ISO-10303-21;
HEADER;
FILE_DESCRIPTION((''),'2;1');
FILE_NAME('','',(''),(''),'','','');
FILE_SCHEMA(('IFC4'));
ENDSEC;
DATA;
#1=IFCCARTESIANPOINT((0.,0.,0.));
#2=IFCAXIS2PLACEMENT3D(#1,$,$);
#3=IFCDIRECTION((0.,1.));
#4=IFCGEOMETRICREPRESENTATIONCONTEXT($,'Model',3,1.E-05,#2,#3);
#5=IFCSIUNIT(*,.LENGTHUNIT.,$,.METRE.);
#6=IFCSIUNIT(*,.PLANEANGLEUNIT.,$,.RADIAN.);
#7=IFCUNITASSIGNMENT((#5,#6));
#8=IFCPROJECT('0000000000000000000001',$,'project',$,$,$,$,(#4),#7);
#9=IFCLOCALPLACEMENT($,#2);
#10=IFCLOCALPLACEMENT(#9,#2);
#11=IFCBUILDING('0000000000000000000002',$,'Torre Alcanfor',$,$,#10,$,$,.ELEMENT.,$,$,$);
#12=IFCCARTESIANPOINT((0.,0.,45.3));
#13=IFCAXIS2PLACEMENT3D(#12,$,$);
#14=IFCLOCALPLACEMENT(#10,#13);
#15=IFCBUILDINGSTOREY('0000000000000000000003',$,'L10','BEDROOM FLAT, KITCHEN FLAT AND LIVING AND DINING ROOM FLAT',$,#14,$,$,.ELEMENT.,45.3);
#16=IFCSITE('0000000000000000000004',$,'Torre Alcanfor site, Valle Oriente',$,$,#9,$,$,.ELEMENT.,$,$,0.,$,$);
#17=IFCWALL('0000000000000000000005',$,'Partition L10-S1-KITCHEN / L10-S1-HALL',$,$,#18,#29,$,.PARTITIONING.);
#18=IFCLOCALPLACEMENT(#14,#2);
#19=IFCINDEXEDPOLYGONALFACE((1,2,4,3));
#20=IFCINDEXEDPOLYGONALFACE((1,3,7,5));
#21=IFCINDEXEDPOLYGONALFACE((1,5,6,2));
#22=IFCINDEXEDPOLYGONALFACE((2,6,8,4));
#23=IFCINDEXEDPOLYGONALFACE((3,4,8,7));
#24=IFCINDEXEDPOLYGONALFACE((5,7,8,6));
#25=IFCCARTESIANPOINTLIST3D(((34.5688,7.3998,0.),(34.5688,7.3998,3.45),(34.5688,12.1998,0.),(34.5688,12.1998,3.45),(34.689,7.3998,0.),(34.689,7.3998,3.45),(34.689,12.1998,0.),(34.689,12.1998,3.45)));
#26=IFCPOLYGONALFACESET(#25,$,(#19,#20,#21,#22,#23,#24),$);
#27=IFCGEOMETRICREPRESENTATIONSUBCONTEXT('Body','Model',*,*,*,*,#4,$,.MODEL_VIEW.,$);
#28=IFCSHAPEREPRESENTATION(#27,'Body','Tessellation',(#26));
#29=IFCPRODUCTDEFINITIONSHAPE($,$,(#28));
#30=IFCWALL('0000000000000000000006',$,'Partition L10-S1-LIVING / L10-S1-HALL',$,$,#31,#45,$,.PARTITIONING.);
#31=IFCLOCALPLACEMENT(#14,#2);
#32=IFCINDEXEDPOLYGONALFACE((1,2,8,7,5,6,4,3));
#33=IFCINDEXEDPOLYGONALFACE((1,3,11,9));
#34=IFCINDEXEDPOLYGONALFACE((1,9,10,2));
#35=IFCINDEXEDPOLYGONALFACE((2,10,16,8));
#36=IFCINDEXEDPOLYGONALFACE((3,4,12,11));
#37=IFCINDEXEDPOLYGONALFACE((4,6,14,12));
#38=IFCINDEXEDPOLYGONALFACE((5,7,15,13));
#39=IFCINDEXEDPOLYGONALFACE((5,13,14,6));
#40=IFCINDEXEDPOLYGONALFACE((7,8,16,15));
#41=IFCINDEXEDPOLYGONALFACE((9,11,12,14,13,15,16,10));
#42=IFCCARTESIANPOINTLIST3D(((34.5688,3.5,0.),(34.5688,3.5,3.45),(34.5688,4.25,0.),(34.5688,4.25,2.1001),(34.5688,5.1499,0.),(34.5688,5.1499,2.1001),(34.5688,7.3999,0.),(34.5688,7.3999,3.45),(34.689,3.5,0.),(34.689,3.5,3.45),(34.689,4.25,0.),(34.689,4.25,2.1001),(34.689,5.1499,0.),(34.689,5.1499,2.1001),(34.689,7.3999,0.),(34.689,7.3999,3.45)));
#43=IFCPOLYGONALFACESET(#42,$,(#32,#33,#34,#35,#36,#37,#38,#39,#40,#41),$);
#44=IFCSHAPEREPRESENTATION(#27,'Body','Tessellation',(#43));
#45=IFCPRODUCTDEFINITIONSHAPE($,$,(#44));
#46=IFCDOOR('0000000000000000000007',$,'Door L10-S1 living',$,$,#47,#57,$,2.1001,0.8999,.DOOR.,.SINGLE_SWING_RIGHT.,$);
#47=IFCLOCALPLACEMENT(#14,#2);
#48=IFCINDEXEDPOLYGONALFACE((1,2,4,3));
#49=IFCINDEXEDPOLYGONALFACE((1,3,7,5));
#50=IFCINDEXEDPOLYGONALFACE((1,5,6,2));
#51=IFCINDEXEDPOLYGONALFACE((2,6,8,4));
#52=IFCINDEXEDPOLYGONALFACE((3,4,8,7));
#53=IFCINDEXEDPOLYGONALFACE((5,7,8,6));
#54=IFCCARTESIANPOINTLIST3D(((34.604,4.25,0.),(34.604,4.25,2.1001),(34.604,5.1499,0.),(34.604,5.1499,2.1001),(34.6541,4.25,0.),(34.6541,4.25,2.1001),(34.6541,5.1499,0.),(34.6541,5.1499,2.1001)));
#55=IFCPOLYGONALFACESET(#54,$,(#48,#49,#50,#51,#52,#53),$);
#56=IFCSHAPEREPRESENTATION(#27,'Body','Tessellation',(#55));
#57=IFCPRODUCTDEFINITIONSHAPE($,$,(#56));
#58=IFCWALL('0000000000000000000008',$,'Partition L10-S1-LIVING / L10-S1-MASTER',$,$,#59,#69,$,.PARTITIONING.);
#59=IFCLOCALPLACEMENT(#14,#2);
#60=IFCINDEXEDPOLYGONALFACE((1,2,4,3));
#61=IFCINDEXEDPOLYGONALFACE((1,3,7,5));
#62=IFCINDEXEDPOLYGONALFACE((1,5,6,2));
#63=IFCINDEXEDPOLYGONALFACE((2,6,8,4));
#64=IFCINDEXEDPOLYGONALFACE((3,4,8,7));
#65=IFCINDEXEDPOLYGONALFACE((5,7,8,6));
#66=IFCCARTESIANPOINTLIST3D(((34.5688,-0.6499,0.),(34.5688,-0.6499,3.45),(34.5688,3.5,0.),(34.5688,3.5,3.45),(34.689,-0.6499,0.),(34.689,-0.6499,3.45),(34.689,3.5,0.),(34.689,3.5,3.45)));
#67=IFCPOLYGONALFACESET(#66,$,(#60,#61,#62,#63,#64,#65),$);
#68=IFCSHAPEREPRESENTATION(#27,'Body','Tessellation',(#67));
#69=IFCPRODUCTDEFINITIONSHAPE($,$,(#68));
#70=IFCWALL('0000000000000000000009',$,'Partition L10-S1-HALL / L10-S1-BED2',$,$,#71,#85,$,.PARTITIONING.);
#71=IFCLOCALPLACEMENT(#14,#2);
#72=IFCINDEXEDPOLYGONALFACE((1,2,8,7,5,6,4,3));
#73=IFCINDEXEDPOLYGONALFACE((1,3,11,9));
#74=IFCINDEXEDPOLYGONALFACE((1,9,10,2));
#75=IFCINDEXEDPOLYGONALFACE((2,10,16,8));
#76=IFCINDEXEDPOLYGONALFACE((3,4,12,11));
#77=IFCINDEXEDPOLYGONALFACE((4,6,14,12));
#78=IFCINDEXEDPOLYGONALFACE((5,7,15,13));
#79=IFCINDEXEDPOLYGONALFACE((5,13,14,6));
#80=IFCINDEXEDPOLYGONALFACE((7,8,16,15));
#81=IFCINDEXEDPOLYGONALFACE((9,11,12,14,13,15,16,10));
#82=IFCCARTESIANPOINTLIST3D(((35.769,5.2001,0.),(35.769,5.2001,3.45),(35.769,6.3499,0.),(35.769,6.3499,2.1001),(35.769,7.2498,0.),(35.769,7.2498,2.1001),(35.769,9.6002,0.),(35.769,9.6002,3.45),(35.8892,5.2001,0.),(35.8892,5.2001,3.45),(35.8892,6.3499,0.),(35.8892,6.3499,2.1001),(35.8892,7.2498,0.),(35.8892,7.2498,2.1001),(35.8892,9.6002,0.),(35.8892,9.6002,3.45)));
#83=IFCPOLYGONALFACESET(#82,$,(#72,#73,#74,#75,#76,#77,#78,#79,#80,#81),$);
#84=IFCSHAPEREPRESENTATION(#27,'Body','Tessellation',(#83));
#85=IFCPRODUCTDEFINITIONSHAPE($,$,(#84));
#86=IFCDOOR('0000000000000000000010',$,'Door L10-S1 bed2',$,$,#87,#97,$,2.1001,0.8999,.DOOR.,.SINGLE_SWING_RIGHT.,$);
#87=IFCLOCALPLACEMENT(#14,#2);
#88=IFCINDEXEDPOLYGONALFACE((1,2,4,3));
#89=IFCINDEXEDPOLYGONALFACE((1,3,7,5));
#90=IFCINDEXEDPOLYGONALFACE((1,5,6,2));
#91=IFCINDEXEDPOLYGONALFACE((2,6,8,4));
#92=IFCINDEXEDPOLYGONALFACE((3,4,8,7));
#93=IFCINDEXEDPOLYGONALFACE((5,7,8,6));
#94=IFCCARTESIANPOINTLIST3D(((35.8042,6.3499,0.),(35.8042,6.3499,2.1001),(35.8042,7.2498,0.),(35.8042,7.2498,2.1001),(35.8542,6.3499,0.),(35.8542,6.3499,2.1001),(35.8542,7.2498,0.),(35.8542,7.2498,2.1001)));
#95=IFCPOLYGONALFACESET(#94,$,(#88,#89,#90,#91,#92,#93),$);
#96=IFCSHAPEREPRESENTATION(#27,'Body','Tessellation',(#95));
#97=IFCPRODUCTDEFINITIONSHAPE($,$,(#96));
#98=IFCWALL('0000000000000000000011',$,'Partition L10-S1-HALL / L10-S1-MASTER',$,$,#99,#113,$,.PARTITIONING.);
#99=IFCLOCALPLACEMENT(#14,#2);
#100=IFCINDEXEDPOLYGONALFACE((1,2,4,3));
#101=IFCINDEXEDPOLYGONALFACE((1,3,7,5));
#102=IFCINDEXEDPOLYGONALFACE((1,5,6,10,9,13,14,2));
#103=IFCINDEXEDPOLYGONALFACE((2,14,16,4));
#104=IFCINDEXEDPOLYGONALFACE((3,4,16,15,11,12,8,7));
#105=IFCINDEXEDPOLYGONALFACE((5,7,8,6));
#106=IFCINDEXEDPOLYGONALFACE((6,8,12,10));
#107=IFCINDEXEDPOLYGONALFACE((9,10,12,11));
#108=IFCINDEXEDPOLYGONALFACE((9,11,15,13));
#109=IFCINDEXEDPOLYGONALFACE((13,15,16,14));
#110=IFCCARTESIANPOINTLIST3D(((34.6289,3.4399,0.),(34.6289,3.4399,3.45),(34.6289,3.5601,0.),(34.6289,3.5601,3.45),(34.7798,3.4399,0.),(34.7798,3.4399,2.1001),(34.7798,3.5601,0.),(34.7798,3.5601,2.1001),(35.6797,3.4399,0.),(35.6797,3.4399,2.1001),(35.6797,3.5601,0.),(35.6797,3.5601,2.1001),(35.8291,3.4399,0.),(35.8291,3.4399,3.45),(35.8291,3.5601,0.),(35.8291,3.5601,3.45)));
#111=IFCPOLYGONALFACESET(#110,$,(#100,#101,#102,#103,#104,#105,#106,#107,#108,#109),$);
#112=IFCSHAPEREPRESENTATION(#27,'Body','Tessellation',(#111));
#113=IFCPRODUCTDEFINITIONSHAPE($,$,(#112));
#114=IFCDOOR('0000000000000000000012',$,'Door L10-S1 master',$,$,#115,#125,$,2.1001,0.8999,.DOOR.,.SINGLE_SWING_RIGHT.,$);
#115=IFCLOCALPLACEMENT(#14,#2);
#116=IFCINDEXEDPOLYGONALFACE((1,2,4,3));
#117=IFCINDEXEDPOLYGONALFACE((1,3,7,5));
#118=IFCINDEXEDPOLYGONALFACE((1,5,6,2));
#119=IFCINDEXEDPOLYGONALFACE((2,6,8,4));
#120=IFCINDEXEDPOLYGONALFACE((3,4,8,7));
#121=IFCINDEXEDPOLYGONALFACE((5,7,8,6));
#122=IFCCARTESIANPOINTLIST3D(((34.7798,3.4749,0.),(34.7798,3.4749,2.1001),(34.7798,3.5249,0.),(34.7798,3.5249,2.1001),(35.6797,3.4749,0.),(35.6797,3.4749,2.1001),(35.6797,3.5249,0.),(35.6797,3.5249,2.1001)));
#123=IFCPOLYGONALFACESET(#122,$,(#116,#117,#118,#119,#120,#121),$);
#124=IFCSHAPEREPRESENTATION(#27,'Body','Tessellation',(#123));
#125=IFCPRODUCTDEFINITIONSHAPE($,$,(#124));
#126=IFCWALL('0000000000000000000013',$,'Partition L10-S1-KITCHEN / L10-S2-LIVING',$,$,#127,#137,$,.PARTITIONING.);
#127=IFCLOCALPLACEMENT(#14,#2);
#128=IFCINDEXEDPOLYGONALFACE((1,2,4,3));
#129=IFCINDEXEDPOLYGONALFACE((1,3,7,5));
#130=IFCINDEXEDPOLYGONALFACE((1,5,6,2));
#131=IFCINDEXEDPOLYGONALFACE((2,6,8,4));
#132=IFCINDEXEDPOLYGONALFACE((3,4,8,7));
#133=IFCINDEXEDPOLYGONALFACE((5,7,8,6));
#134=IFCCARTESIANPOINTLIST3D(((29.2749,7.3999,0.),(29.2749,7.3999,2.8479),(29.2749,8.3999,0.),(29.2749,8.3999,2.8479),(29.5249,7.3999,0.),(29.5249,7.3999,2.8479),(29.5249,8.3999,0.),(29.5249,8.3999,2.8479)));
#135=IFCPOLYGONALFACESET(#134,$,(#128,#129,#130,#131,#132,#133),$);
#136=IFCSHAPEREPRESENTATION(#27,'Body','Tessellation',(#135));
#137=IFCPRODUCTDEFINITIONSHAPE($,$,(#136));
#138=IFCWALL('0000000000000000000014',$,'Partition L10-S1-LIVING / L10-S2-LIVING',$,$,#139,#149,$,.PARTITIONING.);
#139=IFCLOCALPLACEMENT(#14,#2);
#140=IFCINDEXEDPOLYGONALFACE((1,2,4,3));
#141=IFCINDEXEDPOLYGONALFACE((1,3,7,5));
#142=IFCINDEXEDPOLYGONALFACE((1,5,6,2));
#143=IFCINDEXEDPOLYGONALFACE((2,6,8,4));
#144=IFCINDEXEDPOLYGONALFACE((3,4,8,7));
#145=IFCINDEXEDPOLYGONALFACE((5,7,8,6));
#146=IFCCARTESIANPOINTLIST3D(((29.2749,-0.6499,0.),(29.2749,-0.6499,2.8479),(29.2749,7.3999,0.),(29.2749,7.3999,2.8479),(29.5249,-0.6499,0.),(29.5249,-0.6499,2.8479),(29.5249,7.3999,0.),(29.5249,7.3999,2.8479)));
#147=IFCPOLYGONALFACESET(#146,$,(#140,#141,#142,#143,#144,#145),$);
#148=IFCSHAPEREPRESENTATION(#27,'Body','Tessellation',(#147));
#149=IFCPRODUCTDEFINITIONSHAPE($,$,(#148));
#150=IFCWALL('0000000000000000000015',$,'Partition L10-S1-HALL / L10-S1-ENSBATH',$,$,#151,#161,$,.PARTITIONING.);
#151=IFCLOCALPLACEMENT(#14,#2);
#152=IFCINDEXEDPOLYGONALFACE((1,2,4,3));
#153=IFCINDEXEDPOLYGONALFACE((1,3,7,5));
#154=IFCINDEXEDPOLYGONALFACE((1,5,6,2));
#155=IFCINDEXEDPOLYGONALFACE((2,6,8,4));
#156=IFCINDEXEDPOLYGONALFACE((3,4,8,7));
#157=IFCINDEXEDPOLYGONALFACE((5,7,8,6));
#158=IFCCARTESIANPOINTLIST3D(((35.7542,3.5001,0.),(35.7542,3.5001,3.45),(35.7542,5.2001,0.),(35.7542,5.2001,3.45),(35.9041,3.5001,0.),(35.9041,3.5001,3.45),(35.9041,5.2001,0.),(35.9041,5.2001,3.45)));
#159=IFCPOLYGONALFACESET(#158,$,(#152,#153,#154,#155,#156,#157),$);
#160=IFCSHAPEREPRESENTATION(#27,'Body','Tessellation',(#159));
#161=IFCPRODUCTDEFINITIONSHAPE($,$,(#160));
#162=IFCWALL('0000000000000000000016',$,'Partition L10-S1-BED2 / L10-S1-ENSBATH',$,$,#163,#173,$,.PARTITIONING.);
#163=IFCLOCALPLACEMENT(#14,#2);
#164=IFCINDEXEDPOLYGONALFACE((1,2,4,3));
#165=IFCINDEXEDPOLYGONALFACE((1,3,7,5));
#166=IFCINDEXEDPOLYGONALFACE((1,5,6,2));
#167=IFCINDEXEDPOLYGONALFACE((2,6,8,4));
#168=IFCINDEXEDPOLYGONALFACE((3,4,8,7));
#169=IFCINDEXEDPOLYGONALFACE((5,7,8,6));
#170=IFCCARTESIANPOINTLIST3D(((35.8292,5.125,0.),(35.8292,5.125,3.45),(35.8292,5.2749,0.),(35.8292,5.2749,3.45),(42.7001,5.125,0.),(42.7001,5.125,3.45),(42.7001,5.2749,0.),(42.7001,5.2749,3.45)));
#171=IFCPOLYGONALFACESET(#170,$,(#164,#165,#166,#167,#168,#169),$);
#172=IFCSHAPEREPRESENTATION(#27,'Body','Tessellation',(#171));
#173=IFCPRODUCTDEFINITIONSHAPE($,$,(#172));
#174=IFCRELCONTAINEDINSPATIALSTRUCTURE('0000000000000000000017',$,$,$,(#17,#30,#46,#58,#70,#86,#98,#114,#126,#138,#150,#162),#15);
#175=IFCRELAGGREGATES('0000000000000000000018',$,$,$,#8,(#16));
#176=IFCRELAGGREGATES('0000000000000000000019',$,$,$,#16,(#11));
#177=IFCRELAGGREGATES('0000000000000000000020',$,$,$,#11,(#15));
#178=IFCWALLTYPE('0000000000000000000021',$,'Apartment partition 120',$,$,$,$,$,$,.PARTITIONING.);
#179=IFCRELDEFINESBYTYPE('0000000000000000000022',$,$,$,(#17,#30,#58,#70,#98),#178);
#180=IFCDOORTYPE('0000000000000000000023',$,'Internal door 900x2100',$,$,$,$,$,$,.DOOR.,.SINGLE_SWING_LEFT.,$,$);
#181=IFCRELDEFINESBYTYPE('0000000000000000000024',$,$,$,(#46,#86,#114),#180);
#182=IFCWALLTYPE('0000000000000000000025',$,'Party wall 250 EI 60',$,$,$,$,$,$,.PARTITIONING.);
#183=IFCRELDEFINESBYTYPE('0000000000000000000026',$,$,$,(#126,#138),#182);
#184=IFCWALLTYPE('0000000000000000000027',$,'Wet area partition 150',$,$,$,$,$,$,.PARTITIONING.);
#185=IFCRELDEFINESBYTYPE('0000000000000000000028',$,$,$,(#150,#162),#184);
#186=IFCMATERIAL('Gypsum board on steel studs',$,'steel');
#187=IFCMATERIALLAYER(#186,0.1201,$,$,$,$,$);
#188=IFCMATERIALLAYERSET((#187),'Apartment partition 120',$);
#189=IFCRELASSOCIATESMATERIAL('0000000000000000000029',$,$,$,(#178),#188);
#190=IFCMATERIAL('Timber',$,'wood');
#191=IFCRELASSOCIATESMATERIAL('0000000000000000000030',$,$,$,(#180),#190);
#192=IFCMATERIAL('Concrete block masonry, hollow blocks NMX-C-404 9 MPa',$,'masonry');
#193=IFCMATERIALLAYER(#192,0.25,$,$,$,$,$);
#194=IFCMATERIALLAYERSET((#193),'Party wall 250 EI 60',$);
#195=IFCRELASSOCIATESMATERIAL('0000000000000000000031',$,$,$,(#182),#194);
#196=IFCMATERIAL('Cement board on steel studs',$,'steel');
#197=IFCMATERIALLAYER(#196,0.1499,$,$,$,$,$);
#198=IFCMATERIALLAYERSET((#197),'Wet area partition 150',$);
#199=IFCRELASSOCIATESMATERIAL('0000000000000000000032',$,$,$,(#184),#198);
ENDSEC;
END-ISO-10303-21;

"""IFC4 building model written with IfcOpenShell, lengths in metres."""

from ifc_helpers import new_model, si_unit, direction, frame, frame_2d, origin, place, context, subcontext, project, spatial, rectangle, extrude, material, layer, layer_set, type_object, element, fill, save


model = new_model("IFC4")

# Units and contexts
model_context = context("Model", 3, precision=1e-05, world=origin(), true_north=direction((0.0, 1.0)))
body_context = subcontext(model_context, "Body", "Model", "MODEL_VIEW")
ifc_project = project(units=[si_unit("LENGTHUNIT", "METRE"), si_unit("PLANEANGLEUNIT", "RADIAN")], contexts=[model_context])

# Site, building, storey
site_placement = place(None, origin())
site = spatial("IfcSite", under=ifc_project, at=site_placement, Name="Torre Alcanfor site, Valle Oriente", CompositionType="ELEMENT", RefElevation=0.0)
building_placement = place(site_placement, origin())
building = spatial("IfcBuilding", under=site, at=building_placement, Name="Torre Alcanfor", CompositionType="ELEMENT")
storey_placement = place(building_placement, frame((0.0, 0.0, 45.3)))
storey = spatial("IfcBuildingStorey", under=building, at=storey_placement, Name="L10", Description="BEDROOM FLAT, KITCHEN FLAT AND LIVING AND DINING ROOM FLAT", CompositionType="ELEMENT", Elevation=45.3)

# Wall
ifc_material_1 = material(Name="Gypsum board on steel studs", Category="steel")
ifc_layer_1 = layer(ifc_material_1, 0.1201)
ifc_layer_set_1 = layer_set([ifc_layer_1], Name="Apartment partition 120")
wall_type_1 = type_object("IfcWallType", Name="Apartment partition 120", PredefinedType="PARTITIONING", material=ifc_layer_set_1)
wall_1_placement = place(storey_placement, frame((34.6289, 7.3999, 0.0), z_axis=(0.0, 0.0, 1.0), x_axis=(0.0, 1.0, 0.0)))
element("IfcWall", 1, at=wall_1_placement, inside=storey, type_object=wall_type_1, Name="Partition L10-S1-KITCHEN / L10-S1-HALL", PredefinedType="PARTITIONING", context=body_context, shape_type="SweptSolid", body=[
    extrude(rectangle(XDim=4.8, YDim=0.1201, at=frame_2d((2.3999, 0.0))), origin(), (0.0, 0.0, 1.0), 3.45),
])

# Wall, opening, door
wall_2_placement = place(storey_placement, frame((34.6289, 3.5, 0.0), z_axis=(0.0, 0.0, 1.0), x_axis=(0.0, 1.0, 0.0)))
wall_2 = element("IfcWall", 2, at=wall_2_placement, inside=storey, type_object=wall_type_1, Name="Partition L10-S1-LIVING / L10-S1-HALL", PredefinedType="PARTITIONING", context=body_context, shape_type="SweptSolid", body=[
    extrude(rectangle(XDim=3.8999, YDim=0.1201, at=frame_2d((1.95, 0.0))), origin(), (0.0, 0.0, 1.0), 3.45),
])
opening_1_placement = place(wall_2_placement, frame((0.75, 0.0, 0.0)))
opening_1 = element("IfcOpeningElement", 3, at=opening_1_placement, cuts=wall_2, PredefinedType="OPENING", context=body_context, shape_type="SweptSolid", body=[
    extrude(rectangle(XDim=0.8999, YDim=2.1001, at=frame_2d((0.45, 1.05))), frame((0.0, 0.0701, 0.0), z_axis=(0.0, -1.0, 0.0), x_axis=(1.0, 0.0, 0.0)), (0.0, 0.0, 1.0), 0.1401),
])
ifc_material_2 = material(Name="Timber", Category="wood")
door_type_1 = type_object("IfcDoorType", Name="Internal door 900x2100", OperationType="SINGLE_SWING_LEFT", PredefinedType="DOOR", material=ifc_material_2)
door_1_placement = place(opening_1_placement, origin())
door_1 = element("IfcDoor", 4, at=door_1_placement, inside=storey, type_object=door_type_1, Name="Door L10-S1 living", OperationType="SINGLE_SWING_RIGHT", OverallHeight=2.1001, OverallWidth=0.8999, PredefinedType="DOOR", context=body_context, shape_type="SweptSolid", body=[
    extrude(rectangle(XDim=0.8999, YDim=2.1001, at=frame_2d((0.45, 1.05))), frame((0.0, 0.0249, 0.0), z_axis=(0.0, -1.0, 0.0), x_axis=(1.0, 0.0, 0.0)), (0.0, 0.0, 1.0), 0.05),
])
fill(opening_1, door_1)

# Wall
wall_3_placement = place(storey_placement, frame((34.6289, -0.6499, 0.0), z_axis=(0.0, 0.0, 1.0), x_axis=(0.0, 1.0, 0.0)))
element("IfcWall", 5, at=wall_3_placement, inside=storey, type_object=wall_type_1, Name="Partition L10-S1-LIVING / L10-S1-MASTER", PredefinedType="PARTITIONING", context=body_context, shape_type="SweptSolid", body=[
    extrude(rectangle(XDim=4.1499, YDim=0.1201, at=frame_2d((2.075, 0.0))), origin(), (0.0, 0.0, 1.0), 3.45),
])

# Walls, openings, doors
wall_4_placement = place(storey_placement, frame((35.8291, 5.2, 0.0), z_axis=(0.0, 0.0, 1.0), x_axis=(0.0, 1.0, 0.0)))
wall_4 = element("IfcWall", 6, at=wall_4_placement, inside=storey, type_object=wall_type_1, Name="Partition L10-S1-HALL / L10-S1-BED2", PredefinedType="PARTITIONING", context=body_context, shape_type="SweptSolid", body=[
    extrude(rectangle(XDim=4.4001, YDim=0.1201, at=frame_2d((2.2002, 0.0))), origin(), (0.0, 0.0, 1.0), 3.45),
])
opening_2_placement = place(wall_4_placement, frame((1.1499, 0.0, 0.0)))
opening_2 = element("IfcOpeningElement", 7, at=opening_2_placement, cuts=wall_4, PredefinedType="OPENING", context=body_context, shape_type="SweptSolid", body=[
    extrude(rectangle(XDim=0.8999, YDim=2.1001, at=frame_2d((0.45, 1.05))), frame((0.0, 0.0701, 0.0), z_axis=(0.0, -1.0, 0.0), x_axis=(1.0, 0.0, 0.0)), (0.0, 0.0, 1.0), 0.1401),
])
door_2_placement = place(opening_2_placement, frame((0.8999, 0.0, 0.0), z_axis=(0.0, 0.0, 1.0), x_axis=(-1.0, 0.0, 0.0)))
door_2 = element("IfcDoor", 8, at=door_2_placement, inside=storey, type_object=door_type_1, Name="Door L10-S1 bed2", OperationType="SINGLE_SWING_RIGHT", OverallHeight=2.1001, OverallWidth=0.8999, PredefinedType="DOOR", context=body_context, shape_type="SweptSolid", body=[
    extrude(rectangle(XDim=0.8999, YDim=2.1001, at=frame_2d((0.45, 1.05))), frame((0.0, 0.0251, 0.0), z_axis=(0.0, -1.0, 0.0), x_axis=(1.0, 0.0, 0.0)), (0.0, 0.0, 1.0), 0.05),
])
fill(opening_2, door_2)
wall_5_placement = place(storey_placement, frame((34.6289, 3.5, 0.0), z_axis=(0.0, 0.0, 1.0), x_axis=(1.0, 0.0, 0.0)))
wall_5 = element("IfcWall", 9, at=wall_5_placement, inside=storey, type_object=wall_type_1, Name="Partition L10-S1-HALL / L10-S1-MASTER", PredefinedType="PARTITIONING", context=body_context, shape_type="SweptSolid", body=[
    extrude(rectangle(XDim=1.2002, YDim=0.1201, at=frame_2d((0.6001, 0.0))), origin(), (0.0, 0.0, 1.0), 3.45),
])
opening_3_placement = place(wall_5_placement, frame((0.1509, 0.0, 0.0)))
opening_3 = element("IfcOpeningElement", 10, at=opening_3_placement, cuts=wall_5, PredefinedType="OPENING", context=body_context, shape_type="SweptSolid", body=[
    extrude(rectangle(XDim=0.8999, YDim=2.1001, at=frame_2d((0.45, 1.05))), frame((0.0, 0.0701, 0.0), z_axis=(0.0, -1.0, 0.0), x_axis=(1.0, 0.0, 0.0)), (0.0, 0.0, 1.0), 0.1401),
])
door_3_placement = place(opening_3_placement, frame((0.8999, 0.0, 0.0), z_axis=(0.0, 0.0, 1.0), x_axis=(-1.0, 0.0, 0.0)))
door_3 = element("IfcDoor", 11, at=door_3_placement, inside=storey, type_object=door_type_1, Name="Door L10-S1 master", OperationType="SINGLE_SWING_RIGHT", OverallHeight=2.1001, OverallWidth=0.8999, PredefinedType="DOOR", context=body_context, shape_type="SweptSolid", body=[
    extrude(rectangle(XDim=0.8999, YDim=2.1001, at=frame_2d((0.45, 1.05))), frame((0.0, 0.0251, 0.0), z_axis=(0.0, -1.0, 0.0), x_axis=(1.0, 0.0, 0.0)), (0.0, 0.0, 1.0), 0.05),
])
fill(opening_3, door_3)

# Walls
ifc_material_3 = material(Name="Concrete block masonry, hollow blocks NMX-C-404 9 MPa", Category="masonry")
ifc_layer_2 = layer(ifc_material_3, 0.25)
ifc_layer_set_2 = layer_set([ifc_layer_2], Name="Party wall 250 EI 60")
wall_type_2 = type_object("IfcWallType", Name="Party wall 250 EI 60", PredefinedType="PARTITIONING", material=ifc_layer_set_2)
wall_6_placement = place(storey_placement, frame((29.3999, 8.3999, 0.0), z_axis=(0.0, 0.0, 1.0), x_axis=(0.0, -1.0, 0.0)))
element("IfcWall", 12, at=wall_6_placement, inside=storey, type_object=wall_type_2, Name="Partition L10-S1-KITCHEN / L10-S2-LIVING", PredefinedType="PARTITIONING", context=body_context, shape_type="SweptSolid", body=[
    extrude(rectangle(XDim=1.0, YDim=0.25, at=frame_2d((0.5, 0.0))), origin(), (0.0, 0.0, 1.0), 2.8479),
])
wall_7_placement = place(storey_placement, frame((29.3999, 7.3999, 0.0), z_axis=(0.0, 0.0, 1.0), x_axis=(0.0, -1.0, 0.0)))
element("IfcWall", 13, at=wall_7_placement, inside=storey, type_object=wall_type_2, Name="Partition L10-S1-LIVING / L10-S2-LIVING", PredefinedType="PARTITIONING", context=body_context, shape_type="SweptSolid", body=[
    extrude(rectangle(XDim=8.0498, YDim=0.25, at=frame_2d((4.0249, 0.0))), origin(), (0.0, 0.0, 1.0), 2.8479),
])
ifc_material_4 = material(Name="Cement board on steel studs", Category="steel")
ifc_layer_3 = layer(ifc_material_4, 0.1499)
ifc_layer_set_3 = layer_set([ifc_layer_3], Name="Wet area partition 150")
wall_type_3 = type_object("IfcWallType", Name="Wet area partition 150", PredefinedType="PARTITIONING", material=ifc_layer_set_3)
wall_8_placement = place(storey_placement, frame((35.8291, 3.5, 0.0), z_axis=(0.0, 0.0, 1.0), x_axis=(0.0, 1.0, 0.0)))
element("IfcWall", 14, at=wall_8_placement, inside=storey, type_object=wall_type_3, Name="Partition L10-S1-HALL / L10-S1-ENSBATH", PredefinedType="PARTITIONING", context=body_context, shape_type="SweptSolid", body=[
    extrude(rectangle(XDim=1.7, YDim=0.1499, at=frame_2d((0.8501, 0.0))), origin(), (0.0, 0.0, 1.0), 3.45),
])
wall_9_placement = place(storey_placement, frame((35.8291, 5.2, 0.0), z_axis=(0.0, 0.0, 1.0), x_axis=(1.0, 0.0, 0.0)))
element("IfcWall", 15, at=wall_9_placement, inside=storey, type_object=wall_type_3, Name="Partition L10-S1-BED2 / L10-S1-ENSBATH", PredefinedType="PARTITIONING", context=body_context, shape_type="SweptSolid", body=[
    extrude(rectangle(XDim=6.8708, YDim=0.1499, at=frame_2d((3.4355, 0.0))), origin(), (0.0, 0.0, 1.0), 3.45),
])

save(model, "model.ifc")
